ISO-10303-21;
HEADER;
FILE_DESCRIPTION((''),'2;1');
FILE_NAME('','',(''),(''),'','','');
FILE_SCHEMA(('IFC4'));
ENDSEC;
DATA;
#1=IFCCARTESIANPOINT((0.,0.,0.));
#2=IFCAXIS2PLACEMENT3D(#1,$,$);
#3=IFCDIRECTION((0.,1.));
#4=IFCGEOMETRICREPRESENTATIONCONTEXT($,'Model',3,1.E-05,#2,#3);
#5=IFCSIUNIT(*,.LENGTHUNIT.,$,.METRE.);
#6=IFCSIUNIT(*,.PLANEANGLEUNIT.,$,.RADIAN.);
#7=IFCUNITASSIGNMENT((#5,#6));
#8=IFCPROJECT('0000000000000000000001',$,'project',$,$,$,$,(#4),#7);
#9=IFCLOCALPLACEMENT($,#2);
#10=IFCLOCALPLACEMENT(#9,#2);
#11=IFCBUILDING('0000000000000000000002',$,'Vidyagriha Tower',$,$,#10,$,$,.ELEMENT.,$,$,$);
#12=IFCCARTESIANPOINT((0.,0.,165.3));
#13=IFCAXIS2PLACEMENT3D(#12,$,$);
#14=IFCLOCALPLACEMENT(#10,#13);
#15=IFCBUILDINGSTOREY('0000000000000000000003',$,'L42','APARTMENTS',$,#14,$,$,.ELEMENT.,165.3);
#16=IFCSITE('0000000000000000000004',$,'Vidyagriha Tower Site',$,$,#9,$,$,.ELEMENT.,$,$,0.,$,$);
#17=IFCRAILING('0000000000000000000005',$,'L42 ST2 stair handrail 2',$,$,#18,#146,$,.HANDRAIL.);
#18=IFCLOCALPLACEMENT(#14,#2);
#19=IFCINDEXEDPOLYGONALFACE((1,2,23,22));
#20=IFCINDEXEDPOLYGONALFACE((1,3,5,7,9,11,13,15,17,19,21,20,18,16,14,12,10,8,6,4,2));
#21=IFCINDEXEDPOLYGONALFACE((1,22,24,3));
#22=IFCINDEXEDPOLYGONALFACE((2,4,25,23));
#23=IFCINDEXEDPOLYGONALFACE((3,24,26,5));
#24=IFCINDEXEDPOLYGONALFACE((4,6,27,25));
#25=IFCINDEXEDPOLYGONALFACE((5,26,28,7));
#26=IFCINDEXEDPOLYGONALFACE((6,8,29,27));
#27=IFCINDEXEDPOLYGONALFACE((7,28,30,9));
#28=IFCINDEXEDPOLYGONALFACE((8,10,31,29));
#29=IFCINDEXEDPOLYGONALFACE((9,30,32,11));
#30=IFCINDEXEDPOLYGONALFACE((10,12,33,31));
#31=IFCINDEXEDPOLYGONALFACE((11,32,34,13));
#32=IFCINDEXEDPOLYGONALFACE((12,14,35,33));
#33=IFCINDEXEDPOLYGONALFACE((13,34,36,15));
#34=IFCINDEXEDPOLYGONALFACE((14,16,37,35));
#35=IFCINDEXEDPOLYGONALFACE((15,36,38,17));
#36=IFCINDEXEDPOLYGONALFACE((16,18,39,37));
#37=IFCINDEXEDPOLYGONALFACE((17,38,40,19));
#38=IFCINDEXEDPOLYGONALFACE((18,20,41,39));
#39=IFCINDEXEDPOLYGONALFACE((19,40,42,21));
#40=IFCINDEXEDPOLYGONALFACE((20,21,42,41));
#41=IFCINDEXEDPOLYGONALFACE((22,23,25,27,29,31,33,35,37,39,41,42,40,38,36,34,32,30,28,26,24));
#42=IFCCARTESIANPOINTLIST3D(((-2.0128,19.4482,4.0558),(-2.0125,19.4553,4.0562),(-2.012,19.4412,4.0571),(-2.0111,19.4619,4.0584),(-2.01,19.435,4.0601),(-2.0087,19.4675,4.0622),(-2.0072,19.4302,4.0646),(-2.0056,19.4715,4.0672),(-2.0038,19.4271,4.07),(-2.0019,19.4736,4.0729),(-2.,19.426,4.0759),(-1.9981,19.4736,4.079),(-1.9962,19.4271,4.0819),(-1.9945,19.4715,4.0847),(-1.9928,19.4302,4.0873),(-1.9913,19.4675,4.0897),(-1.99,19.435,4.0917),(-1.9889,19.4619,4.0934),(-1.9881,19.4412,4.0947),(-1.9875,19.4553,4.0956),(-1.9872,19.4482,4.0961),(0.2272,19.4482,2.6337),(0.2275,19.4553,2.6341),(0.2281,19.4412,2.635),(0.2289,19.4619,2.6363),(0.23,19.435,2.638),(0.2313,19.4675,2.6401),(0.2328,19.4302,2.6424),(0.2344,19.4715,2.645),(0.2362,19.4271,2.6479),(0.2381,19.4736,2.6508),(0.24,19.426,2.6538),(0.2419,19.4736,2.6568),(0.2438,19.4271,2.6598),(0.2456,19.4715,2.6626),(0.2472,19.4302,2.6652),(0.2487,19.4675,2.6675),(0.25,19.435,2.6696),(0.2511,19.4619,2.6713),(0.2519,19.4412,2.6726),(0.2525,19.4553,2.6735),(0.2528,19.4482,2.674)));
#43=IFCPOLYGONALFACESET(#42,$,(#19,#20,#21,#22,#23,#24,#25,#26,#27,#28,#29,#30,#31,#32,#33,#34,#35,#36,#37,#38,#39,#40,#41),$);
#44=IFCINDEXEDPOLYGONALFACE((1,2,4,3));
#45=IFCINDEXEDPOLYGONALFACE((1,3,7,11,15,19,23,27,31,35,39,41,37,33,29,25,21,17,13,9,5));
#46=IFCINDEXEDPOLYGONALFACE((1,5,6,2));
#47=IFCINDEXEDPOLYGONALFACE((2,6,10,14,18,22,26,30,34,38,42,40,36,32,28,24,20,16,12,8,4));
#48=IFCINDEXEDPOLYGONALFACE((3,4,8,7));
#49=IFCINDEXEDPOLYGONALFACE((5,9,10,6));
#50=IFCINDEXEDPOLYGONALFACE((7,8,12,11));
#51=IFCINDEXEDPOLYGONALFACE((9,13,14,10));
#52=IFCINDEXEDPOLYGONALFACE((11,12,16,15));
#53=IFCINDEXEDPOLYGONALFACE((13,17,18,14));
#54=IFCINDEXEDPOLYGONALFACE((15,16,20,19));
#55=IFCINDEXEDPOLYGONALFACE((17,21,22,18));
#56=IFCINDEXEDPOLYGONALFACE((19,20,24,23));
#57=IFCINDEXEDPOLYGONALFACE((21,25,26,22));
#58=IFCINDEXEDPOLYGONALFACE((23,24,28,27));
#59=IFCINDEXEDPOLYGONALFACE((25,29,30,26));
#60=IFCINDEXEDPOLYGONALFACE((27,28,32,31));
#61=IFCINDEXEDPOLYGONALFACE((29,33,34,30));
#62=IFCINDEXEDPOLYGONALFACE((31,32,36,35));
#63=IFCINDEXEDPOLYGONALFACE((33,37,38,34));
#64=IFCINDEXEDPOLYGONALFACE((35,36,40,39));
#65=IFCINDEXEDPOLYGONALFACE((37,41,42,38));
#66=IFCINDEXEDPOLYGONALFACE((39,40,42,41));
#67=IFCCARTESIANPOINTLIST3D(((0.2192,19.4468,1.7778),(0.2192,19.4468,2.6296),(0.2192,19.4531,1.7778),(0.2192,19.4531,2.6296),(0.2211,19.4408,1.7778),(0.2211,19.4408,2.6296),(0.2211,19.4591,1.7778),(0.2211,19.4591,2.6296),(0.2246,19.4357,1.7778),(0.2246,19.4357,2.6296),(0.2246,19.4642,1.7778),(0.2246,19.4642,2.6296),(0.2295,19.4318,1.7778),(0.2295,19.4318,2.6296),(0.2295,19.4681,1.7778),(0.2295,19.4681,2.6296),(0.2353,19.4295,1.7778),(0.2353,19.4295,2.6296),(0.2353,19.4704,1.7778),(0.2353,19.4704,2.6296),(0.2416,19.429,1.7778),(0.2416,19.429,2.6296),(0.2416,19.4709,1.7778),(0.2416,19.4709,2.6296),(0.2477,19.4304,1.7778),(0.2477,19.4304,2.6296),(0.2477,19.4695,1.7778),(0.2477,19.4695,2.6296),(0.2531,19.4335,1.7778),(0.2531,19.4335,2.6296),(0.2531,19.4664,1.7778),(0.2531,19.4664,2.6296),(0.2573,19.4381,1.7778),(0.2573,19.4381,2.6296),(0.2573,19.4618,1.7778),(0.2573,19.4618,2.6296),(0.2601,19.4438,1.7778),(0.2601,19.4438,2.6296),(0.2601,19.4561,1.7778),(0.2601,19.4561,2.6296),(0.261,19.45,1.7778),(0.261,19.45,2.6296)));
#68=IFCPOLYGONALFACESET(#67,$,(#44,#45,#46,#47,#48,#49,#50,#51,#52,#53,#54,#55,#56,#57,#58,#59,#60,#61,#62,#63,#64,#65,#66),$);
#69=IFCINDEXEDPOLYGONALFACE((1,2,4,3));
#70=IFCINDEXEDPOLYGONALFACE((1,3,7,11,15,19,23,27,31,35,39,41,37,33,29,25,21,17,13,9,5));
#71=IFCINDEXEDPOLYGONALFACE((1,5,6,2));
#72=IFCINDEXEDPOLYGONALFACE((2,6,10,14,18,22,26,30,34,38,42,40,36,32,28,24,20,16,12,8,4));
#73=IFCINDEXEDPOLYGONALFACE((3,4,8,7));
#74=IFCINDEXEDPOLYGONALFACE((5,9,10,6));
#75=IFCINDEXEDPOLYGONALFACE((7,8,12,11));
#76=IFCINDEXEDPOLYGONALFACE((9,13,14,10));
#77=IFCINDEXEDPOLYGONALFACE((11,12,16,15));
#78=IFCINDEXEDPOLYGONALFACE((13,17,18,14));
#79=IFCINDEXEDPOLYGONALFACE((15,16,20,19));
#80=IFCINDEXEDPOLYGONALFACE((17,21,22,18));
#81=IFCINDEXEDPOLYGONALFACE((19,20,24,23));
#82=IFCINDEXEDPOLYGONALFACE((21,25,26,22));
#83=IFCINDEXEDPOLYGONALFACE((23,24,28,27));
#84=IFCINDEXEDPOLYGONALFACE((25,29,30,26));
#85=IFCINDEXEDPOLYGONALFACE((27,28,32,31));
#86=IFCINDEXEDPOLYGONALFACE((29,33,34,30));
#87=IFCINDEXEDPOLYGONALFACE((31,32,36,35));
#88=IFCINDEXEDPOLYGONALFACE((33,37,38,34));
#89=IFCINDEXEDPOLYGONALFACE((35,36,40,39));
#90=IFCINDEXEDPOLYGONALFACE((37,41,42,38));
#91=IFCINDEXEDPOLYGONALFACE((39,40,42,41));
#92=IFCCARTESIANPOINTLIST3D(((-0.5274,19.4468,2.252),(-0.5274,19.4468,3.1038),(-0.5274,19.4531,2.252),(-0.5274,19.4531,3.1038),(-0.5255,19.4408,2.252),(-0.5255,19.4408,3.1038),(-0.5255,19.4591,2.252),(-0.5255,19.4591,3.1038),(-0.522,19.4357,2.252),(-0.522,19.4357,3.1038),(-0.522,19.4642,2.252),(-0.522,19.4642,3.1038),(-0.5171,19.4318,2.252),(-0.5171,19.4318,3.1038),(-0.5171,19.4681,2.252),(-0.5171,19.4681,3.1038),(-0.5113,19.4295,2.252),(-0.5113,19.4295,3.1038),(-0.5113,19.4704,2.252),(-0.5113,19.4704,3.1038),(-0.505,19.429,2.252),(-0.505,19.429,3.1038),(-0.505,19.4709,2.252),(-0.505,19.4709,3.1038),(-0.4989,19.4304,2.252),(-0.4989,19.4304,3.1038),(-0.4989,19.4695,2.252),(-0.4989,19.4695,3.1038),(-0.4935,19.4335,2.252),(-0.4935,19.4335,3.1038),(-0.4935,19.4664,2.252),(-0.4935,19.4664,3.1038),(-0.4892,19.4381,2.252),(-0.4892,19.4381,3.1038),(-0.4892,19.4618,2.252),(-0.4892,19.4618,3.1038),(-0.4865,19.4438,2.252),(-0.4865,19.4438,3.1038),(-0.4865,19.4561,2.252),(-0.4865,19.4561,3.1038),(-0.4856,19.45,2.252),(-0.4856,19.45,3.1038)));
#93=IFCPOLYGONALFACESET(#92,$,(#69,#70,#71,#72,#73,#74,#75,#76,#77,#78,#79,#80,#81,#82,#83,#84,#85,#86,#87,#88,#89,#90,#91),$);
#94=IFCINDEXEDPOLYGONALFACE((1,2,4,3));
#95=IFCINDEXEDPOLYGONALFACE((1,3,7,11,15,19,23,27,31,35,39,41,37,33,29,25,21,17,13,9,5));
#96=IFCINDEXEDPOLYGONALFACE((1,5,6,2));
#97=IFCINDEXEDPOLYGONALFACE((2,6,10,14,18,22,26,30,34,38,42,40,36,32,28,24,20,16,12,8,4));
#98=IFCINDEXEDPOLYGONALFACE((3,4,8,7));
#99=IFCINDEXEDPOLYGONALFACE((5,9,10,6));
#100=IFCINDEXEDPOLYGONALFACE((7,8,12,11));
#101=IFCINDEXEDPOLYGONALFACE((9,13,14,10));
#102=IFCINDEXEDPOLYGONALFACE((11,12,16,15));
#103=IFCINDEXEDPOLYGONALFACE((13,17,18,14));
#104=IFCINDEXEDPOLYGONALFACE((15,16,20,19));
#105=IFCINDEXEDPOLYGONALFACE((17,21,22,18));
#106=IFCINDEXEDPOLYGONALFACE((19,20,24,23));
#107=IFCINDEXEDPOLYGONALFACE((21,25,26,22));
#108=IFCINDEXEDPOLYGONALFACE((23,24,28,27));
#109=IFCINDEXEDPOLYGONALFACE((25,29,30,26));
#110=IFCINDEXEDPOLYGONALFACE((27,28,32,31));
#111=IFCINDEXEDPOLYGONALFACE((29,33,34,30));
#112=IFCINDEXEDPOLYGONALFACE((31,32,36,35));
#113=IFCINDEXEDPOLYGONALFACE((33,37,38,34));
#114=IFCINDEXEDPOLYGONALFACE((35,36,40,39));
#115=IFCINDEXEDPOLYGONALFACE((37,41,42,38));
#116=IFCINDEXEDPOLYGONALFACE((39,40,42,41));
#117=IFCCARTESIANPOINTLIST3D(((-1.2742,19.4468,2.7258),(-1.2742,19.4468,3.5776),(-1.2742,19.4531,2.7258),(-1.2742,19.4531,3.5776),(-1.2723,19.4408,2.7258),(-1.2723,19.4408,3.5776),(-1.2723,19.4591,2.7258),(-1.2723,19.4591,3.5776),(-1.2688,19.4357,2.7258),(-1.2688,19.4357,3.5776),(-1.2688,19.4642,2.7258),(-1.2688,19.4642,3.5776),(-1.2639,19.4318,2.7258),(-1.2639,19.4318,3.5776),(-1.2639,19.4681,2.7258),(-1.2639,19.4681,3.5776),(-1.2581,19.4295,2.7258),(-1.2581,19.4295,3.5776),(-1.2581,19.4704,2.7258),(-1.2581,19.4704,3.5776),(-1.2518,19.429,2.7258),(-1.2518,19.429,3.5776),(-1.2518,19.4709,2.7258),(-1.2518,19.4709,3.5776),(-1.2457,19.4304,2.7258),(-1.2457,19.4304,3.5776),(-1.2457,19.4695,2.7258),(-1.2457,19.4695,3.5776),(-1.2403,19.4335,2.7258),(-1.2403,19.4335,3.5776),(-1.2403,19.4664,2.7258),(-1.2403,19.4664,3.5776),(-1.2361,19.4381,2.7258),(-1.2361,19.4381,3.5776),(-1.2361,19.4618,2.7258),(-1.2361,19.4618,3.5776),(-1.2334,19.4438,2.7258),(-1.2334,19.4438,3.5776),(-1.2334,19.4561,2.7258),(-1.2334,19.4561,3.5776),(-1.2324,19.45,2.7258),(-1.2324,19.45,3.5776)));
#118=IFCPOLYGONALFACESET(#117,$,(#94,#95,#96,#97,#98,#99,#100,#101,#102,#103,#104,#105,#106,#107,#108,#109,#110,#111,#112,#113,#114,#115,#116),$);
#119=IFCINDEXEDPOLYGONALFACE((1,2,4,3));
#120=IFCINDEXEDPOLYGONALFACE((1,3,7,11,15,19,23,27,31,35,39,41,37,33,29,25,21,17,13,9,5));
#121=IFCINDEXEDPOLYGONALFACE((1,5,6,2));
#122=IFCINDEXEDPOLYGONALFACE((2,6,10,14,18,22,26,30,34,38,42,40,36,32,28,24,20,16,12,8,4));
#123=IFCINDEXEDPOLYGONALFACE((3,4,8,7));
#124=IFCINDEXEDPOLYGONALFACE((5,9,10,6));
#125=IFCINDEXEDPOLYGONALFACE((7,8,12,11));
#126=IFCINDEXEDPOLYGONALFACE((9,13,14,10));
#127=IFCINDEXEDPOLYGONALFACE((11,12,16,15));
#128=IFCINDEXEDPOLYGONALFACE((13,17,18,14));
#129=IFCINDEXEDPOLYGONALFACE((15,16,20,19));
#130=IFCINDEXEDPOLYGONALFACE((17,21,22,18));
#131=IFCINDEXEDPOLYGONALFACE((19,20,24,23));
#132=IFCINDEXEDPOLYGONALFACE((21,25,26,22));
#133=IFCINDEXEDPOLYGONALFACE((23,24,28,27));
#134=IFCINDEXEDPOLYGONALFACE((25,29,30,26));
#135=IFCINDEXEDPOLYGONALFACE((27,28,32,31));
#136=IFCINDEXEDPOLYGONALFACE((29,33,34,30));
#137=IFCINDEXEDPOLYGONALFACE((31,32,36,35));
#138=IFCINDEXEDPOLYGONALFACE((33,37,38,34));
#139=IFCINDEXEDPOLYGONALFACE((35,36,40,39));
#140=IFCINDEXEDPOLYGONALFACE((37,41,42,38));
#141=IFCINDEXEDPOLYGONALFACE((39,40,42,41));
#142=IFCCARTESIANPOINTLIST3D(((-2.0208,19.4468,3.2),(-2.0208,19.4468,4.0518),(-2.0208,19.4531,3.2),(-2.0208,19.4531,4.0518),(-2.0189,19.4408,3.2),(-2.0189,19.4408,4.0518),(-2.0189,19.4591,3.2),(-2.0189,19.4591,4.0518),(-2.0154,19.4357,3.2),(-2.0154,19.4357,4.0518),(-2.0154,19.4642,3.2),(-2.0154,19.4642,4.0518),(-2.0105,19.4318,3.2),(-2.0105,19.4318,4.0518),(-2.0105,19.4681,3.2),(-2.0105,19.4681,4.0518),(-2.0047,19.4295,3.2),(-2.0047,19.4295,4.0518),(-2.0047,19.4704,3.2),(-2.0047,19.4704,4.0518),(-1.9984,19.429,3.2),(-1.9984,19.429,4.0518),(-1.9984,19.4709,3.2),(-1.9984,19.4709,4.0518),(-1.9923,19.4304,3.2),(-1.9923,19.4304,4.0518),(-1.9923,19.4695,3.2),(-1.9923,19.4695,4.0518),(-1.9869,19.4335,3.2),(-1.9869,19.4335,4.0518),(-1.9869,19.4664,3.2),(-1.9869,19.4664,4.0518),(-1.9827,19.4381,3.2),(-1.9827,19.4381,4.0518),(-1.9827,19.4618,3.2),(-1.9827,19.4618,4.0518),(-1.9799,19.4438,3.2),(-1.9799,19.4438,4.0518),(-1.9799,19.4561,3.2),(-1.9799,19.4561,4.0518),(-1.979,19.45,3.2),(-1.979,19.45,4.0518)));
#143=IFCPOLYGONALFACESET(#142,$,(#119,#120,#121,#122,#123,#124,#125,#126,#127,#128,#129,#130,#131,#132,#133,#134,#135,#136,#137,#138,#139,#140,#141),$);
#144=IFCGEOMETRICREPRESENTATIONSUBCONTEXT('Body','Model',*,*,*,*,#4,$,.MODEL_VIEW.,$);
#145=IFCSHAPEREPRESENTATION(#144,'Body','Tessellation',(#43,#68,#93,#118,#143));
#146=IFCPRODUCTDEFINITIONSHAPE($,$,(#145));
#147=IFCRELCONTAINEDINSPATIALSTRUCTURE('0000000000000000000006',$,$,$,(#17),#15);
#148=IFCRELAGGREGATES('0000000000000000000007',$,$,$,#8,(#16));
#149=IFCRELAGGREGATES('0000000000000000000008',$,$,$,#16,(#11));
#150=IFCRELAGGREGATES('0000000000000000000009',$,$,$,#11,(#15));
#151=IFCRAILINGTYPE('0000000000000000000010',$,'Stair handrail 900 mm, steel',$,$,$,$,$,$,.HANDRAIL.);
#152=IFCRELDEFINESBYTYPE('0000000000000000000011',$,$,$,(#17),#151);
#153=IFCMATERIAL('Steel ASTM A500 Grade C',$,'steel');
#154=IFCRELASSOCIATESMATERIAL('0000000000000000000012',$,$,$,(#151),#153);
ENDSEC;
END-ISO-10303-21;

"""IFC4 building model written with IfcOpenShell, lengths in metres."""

from ifc_helpers import new_model, si_unit, direction, frame, origin, origin_2d, place, context, subcontext, project, spatial, circle, extrude, material, type_object, element, save


model = new_model("IFC4")

# Units and contexts
model_context = context("Model", 3, precision=1e-05, world=origin(), true_north=direction((0.0, 1.0)))
body_context = subcontext(model_context, "Body", "Model", "MODEL_VIEW")
ifc_project = project(units=[si_unit("LENGTHUNIT", "METRE"), si_unit("PLANEANGLEUNIT", "RADIAN")], contexts=[model_context])

# Site, building, storey
site_placement = place(None, origin())
site = spatial("IfcSite", under=ifc_project, at=site_placement, Name="Vidyagriha Tower Site", CompositionType="ELEMENT", RefElevation=0.0)
building_placement = place(site_placement, origin())
building = spatial("IfcBuilding", under=site, at=building_placement, Name="Vidyagriha Tower", CompositionType="ELEMENT")
storey_placement = place(building_placement, frame((0.0, 0.0, 165.3)))
storey = spatial("IfcBuildingStorey", under=building, at=storey_placement, Name="L42", Description="APARTMENTS", CompositionType="ELEMENT", Elevation=165.3)

# Railing
ifc_material_1 = material(Name="Steel ASTM A500 Grade C", Category="steel")
railing_type_1 = type_object("IfcRailingType", Name="Stair handrail 900 mm, steel", PredefinedType="HANDRAIL", material=ifc_material_1)
railing_1_placement = place(storey_placement, frame((0.24, 19.45, 1.7778)))
element("IfcRailing", 1, at=railing_1_placement, inside=storey, type_object=railing_type_1, Name="L42 ST2 stair handrail 2", PredefinedType="HANDRAIL", context=body_context, shape_type="SweptSolid", body=[
    extrude(circle(Radius=0.0239, at=origin_2d()), frame((0.0, 0.0, 0.876), z_axis=(-0.844229, 0.0, 0.535982), x_axis=(0.0, -1.0, 0.0)), (0.0, 0.0, 1.0), 2.6533),
    extrude(circle(Radius=0.021, at=origin_2d()), origin(), (0.0, 0.0, 1.0), 0.8518),
    extrude(circle(Radius=0.021, at=origin_2d()), frame((-0.7466, 0.0, 0.4741)), (0.0, 0.0, 1.0), 0.8518),
    extrude(circle(Radius=0.021, at=origin_2d()), frame((-1.4934, 0.0, 0.948)), (0.0, 0.0, 1.0), 0.8518),
    extrude(circle(Radius=0.021, at=origin_2d()), frame((-2.24, 0.0, 1.4221)), (0.0, 0.0, 1.0), 0.8518),
])

save(model, "model.ifc")
